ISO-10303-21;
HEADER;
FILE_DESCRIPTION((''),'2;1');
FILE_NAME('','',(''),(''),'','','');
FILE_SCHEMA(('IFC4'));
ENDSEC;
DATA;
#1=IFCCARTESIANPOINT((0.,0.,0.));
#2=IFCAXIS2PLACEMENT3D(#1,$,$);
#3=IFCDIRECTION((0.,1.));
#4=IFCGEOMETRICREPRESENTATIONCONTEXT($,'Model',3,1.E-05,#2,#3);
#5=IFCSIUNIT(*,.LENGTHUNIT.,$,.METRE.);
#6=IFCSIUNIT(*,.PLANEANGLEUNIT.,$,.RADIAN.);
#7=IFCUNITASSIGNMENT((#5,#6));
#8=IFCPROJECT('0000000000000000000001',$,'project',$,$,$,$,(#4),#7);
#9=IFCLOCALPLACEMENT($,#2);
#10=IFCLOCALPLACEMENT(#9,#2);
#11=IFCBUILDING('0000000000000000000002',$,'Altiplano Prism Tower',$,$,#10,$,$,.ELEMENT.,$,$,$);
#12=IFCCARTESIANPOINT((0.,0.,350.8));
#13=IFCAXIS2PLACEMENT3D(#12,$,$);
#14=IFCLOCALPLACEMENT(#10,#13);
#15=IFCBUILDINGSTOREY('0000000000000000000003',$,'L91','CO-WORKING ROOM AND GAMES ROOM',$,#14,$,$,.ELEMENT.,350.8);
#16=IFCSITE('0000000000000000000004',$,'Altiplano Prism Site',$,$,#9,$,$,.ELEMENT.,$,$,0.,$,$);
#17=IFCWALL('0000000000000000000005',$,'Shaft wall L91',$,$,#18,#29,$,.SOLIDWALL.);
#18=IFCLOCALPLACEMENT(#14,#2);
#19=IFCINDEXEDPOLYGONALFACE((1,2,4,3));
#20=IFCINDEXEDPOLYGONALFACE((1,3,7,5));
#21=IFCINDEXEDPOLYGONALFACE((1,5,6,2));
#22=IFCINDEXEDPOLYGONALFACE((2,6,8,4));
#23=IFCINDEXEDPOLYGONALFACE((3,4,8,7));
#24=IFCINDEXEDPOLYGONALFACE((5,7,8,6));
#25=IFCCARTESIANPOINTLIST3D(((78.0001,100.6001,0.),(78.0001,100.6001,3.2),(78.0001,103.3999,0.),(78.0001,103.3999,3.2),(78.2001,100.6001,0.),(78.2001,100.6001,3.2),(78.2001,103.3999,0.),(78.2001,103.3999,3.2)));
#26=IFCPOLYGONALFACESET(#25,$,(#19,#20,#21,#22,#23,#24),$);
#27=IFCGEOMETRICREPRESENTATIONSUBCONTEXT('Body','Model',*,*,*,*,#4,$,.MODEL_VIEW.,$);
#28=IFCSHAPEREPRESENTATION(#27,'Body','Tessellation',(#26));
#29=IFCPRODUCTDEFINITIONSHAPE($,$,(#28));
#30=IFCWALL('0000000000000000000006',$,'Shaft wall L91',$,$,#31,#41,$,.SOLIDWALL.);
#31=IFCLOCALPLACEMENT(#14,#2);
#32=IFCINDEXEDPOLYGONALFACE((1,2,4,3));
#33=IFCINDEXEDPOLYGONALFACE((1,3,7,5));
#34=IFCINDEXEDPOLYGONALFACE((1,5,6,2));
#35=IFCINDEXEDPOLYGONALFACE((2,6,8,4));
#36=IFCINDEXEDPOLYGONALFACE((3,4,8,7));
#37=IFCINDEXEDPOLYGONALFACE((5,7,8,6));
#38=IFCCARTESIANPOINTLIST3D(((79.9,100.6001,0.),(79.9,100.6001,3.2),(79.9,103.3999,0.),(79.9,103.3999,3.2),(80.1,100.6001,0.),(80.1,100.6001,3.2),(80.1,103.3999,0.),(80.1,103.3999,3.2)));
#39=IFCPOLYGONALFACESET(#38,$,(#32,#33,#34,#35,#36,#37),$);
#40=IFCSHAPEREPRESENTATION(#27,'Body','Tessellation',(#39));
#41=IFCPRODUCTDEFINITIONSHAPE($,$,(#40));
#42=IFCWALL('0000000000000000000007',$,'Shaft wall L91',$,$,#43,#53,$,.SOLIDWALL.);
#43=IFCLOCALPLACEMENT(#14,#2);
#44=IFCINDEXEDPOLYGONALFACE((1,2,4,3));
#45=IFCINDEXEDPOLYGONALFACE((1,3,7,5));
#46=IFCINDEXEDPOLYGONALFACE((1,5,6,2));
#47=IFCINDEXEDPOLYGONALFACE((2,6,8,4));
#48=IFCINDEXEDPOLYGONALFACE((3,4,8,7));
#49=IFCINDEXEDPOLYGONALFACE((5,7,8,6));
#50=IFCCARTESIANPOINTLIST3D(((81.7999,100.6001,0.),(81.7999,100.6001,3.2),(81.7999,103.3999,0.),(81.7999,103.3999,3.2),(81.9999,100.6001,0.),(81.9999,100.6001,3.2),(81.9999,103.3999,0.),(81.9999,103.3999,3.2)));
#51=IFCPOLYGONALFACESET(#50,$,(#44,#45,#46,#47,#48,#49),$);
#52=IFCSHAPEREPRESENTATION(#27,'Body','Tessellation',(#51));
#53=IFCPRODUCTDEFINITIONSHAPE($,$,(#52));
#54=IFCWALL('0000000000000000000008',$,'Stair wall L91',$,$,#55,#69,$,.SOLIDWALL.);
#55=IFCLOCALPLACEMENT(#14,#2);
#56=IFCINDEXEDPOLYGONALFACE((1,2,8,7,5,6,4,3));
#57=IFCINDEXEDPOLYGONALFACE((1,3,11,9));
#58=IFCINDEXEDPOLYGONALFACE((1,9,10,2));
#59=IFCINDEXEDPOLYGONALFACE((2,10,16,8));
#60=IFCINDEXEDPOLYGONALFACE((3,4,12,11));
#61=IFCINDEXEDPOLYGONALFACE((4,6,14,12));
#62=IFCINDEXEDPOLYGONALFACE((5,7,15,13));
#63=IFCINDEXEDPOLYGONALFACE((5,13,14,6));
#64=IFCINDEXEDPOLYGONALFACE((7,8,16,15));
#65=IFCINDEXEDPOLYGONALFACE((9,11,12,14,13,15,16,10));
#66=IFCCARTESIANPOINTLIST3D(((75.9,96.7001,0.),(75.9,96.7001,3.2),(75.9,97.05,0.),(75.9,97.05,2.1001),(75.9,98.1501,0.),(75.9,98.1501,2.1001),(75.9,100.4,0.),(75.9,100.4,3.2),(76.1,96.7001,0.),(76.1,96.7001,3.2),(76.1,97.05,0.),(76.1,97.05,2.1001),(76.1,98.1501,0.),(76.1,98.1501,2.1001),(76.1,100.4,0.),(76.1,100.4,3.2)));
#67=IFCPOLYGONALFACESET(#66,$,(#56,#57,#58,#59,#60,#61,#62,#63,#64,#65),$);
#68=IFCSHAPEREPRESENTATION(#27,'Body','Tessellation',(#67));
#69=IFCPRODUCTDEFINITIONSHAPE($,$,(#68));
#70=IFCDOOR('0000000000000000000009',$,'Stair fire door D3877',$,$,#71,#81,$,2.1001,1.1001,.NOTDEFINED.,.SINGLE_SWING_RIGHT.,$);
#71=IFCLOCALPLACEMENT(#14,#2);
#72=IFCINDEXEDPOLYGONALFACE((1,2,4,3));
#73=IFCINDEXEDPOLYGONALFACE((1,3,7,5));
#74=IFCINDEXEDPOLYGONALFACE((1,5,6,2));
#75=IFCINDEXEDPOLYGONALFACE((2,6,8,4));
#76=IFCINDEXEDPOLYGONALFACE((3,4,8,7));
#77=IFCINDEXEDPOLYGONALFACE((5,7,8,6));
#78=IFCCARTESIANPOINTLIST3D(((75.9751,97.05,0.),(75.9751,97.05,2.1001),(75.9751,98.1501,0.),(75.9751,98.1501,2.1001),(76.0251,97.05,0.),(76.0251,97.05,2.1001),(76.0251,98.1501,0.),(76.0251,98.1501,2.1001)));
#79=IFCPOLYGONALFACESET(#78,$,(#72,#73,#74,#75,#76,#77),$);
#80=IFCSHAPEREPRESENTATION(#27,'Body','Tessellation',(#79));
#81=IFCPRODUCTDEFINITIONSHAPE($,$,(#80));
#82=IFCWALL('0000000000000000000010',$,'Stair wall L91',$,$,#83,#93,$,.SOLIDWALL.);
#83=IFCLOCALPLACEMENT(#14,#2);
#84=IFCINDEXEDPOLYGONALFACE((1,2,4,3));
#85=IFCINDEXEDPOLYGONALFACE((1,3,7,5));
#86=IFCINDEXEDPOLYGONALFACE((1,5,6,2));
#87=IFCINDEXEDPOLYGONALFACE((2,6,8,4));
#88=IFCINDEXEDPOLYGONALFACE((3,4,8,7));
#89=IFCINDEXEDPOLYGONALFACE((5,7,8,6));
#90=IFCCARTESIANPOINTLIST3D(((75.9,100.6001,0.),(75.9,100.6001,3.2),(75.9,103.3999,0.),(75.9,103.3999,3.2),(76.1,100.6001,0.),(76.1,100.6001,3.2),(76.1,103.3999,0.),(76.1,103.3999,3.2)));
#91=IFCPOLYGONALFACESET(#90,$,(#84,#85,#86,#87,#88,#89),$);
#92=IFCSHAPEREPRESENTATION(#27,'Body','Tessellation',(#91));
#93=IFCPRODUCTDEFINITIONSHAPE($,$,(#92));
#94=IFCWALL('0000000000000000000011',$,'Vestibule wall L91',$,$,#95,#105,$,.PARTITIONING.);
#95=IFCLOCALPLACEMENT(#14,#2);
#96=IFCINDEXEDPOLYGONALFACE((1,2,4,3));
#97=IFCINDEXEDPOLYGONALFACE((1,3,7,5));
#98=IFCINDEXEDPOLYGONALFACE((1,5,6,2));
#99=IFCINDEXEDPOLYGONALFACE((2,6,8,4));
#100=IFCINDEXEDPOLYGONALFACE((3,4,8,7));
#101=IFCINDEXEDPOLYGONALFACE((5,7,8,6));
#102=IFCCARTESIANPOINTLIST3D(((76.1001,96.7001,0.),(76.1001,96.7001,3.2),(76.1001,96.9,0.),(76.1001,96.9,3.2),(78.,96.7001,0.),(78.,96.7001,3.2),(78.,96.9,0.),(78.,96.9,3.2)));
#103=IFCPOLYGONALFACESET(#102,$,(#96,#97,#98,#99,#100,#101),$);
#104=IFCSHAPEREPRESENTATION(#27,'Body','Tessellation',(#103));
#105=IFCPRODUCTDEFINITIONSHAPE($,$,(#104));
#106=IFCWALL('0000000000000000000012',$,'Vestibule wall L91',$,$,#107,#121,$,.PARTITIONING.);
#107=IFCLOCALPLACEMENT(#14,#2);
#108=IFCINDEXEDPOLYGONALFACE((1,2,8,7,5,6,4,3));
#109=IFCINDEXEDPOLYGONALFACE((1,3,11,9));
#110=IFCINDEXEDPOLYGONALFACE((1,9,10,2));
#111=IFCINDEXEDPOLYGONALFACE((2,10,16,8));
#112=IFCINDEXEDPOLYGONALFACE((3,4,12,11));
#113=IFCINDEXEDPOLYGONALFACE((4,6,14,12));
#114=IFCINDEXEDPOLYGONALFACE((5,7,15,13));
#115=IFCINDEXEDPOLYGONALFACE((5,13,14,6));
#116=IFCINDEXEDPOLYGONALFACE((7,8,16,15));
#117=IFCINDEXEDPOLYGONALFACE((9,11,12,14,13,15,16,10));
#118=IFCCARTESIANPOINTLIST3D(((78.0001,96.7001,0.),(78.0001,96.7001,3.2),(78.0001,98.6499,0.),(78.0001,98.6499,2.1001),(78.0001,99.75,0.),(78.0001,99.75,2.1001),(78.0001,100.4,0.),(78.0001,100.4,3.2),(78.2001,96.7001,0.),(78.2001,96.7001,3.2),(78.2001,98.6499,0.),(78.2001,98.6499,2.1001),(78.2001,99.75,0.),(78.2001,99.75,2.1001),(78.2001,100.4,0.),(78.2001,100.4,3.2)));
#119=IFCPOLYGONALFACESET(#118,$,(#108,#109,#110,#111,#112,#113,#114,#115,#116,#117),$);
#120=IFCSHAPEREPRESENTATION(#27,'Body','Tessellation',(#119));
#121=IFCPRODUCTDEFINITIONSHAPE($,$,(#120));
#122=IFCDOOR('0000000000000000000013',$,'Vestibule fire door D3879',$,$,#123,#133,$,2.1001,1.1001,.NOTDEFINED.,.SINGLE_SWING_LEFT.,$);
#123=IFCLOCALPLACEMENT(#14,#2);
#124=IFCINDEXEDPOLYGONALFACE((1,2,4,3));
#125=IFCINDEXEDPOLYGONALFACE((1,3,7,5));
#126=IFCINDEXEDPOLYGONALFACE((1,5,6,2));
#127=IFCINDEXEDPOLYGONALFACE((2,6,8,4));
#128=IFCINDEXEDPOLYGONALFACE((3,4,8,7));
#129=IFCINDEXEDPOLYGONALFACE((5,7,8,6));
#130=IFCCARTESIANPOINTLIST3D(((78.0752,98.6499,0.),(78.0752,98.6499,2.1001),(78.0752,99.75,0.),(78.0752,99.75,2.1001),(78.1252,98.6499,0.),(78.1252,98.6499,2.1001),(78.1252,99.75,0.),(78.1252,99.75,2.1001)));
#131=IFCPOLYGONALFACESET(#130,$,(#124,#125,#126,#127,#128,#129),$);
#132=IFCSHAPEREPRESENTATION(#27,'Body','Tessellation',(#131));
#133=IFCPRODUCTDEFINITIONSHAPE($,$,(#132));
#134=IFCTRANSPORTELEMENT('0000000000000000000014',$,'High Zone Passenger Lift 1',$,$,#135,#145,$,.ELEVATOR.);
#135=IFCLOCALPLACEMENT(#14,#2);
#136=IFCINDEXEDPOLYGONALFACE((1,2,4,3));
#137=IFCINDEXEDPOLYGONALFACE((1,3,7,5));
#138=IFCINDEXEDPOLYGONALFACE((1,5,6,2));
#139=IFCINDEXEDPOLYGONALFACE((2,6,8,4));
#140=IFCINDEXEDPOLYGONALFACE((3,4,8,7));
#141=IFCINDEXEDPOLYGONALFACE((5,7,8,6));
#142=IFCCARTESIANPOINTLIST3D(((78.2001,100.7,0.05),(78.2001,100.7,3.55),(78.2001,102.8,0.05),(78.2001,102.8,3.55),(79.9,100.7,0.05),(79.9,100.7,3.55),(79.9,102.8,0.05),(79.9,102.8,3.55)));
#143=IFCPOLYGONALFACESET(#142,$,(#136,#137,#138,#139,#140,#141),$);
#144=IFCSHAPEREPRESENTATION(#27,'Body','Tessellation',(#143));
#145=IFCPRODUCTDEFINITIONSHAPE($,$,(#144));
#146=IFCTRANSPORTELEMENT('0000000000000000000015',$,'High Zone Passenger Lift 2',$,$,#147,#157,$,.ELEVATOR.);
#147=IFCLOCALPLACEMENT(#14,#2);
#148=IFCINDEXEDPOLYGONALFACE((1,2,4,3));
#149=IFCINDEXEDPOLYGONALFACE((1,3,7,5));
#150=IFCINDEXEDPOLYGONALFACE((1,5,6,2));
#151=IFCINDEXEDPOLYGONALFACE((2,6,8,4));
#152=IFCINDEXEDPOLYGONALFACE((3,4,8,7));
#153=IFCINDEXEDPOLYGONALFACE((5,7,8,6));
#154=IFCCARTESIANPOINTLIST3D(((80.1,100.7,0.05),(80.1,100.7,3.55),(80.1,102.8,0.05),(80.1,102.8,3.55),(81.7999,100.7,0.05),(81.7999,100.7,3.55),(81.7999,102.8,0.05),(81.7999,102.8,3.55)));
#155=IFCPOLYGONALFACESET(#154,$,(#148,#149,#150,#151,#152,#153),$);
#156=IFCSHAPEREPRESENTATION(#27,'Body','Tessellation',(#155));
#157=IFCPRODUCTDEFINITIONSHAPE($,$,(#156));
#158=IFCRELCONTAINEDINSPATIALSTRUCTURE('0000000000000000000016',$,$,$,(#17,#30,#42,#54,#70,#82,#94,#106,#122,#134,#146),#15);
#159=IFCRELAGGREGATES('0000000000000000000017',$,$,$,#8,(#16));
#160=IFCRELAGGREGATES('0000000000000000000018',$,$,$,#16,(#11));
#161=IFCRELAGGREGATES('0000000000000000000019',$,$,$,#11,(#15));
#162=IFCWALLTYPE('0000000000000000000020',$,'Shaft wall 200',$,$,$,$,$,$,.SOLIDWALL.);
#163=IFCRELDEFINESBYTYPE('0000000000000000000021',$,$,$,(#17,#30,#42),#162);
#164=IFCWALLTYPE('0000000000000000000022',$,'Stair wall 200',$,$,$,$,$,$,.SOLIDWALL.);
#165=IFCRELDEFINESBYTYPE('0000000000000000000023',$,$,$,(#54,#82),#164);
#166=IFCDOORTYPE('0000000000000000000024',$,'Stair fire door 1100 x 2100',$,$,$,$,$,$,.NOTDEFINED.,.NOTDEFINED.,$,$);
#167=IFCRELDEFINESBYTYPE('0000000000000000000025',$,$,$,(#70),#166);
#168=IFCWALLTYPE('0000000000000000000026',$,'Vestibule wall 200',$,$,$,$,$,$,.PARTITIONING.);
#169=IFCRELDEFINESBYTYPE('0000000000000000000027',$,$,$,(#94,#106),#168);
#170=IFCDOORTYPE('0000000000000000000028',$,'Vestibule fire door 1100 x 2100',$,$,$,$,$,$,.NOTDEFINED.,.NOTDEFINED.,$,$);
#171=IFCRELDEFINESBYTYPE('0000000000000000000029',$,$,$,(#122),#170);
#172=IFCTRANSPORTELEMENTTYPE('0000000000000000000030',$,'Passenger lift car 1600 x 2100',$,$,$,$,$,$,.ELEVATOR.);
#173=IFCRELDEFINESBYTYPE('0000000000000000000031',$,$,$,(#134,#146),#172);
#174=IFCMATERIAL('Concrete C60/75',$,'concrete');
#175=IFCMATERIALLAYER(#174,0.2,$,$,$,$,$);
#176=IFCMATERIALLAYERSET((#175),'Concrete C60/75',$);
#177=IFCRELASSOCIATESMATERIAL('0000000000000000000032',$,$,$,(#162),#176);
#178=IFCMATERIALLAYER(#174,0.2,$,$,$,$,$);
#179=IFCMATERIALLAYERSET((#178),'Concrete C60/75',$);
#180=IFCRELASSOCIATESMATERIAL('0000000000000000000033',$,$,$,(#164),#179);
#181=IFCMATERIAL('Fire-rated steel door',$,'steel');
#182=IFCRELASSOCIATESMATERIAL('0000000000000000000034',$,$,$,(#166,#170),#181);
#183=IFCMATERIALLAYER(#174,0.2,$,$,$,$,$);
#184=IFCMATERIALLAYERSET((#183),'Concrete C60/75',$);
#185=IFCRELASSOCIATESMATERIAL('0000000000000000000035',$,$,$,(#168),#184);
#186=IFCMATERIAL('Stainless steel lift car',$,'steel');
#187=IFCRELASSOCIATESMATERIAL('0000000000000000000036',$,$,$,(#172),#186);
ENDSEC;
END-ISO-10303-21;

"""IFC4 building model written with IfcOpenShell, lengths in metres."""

from ifc_helpers import new_model, si_unit, direction, frame, frame_2d, origin, origin_2d, place, context, subcontext, project, spatial, rectangle, extrude, material, layer, layer_set, type_object, element, fill, save


model = new_model("IFC4")

# Units and contexts
model_context = context("Model", 3, precision=1e-05, world=origin(), true_north=direction((0.0, 1.0)))
body_context = subcontext(model_context, "Body", "Model", "MODEL_VIEW")
ifc_project = project(units=[si_unit("LENGTHUNIT", "METRE"), si_unit("PLANEANGLEUNIT", "RADIAN")], contexts=[model_context])

# Site, building, storey
site_placement = place(None, origin())
site = spatial("IfcSite", under=ifc_project, at=site_placement, Name="Altiplano Prism Site", CompositionType="ELEMENT", RefElevation=0.0)
building_placement = place(site_placement, origin())
building = spatial("IfcBuilding", under=site, at=building_placement, Name="Altiplano Prism Tower", CompositionType="ELEMENT")
storey_placement = place(building_placement, frame((0.0, 0.0, 350.8)))
storey = spatial("IfcBuildingStorey", under=building, at=storey_placement, Name="L91", Description="CO-WORKING ROOM AND GAMES ROOM", CompositionType="ELEMENT", Elevation=350.8)

# Walls
ifc_material_1 = material(Name="Concrete C60/75", Category="concrete")
ifc_layer_1 = layer(ifc_material_1, 0.2)
ifc_layer_set_1 = layer_set([ifc_layer_1], Name="Concrete C60/75")
wall_type_1 = type_object("IfcWallType", Name="Shaft wall 200", PredefinedType="SOLIDWALL", material=ifc_layer_set_1)
for number, where, z_axis, x_axis, name in (
    (1, (78.1001, 100.6001, 0.0), (0.0, 0.0, 1.0), (0.0, 1.0, 0.0), "Shaft wall L91"),
    (2, (80.0, 100.6001, 0.0), (0.0, 0.0, 1.0), (0.0, 1.0, 0.0), "Shaft wall L91"),
    (3, (81.8999, 100.6001, 0.0), (0.0, 0.0, 1.0), (0.0, 1.0, 0.0), "Shaft wall L91"),
):
    element("IfcWall", number, at=place(storey_placement, frame(where, z_axis=z_axis, x_axis=x_axis)), inside=storey, type_object=wall_type_1, Name=name, PredefinedType="SOLIDWALL", context=body_context, shape_type="SweptSolid", body=[
        extrude(rectangle(XDim=2.7998, YDim=0.2, at=frame_2d((1.3999, 0.0))), origin(), (0.0, 0.0, 1.0), 3.2),
    ])

# Wall, opening, door
ifc_layer_2 = layer(ifc_material_1, 0.2)
ifc_layer_set_2 = layer_set([ifc_layer_2], Name="Concrete C60/75")
wall_type_2 = type_object("IfcWallType", Name="Stair wall 200", PredefinedType="SOLIDWALL", material=ifc_layer_set_2)
wall_1_placement = place(storey_placement, frame((76.0, 96.7, 0.0), z_axis=(0.0, 0.0, 1.0), x_axis=(0.0, 1.0, 0.0)))
wall_1 = element("IfcWall", 4, at=wall_1_placement, inside=storey, type_object=wall_type_2, Name="Stair wall L91", PredefinedType="SOLIDWALL", context=body_context, shape_type="SweptSolid", body=[
    extrude(rectangle(XDim=3.7, YDim=0.2, at=frame_2d((1.8501, 0.0))), origin(), (0.0, 0.0, 1.0), 3.2),
])
opening_1_placement = place(wall_1_placement, frame((0.3501, 0.0, 0.0)))
opening_1 = element("IfcOpeningElement", 5, at=opening_1_placement, cuts=wall_1, PredefinedType="OPENING", context=body_context, shape_type="SweptSolid", body=[
    extrude(rectangle(XDim=1.1001, YDim=2.1001, at=frame_2d((0.55, 1.05))), frame((0.0, 0.1104, 0.0), z_axis=(0.0, -1.0, 0.0), x_axis=(1.0, 0.0, 0.0)), (0.0, 0.0, 1.0), 0.2209),
])
ifc_material_2 = material(Name="Fire-rated steel door", Category="steel")
door_type_1 = type_object("IfcDoorType", Name="Stair fire door 1100 x 2100", OperationType="NOTDEFINED", PredefinedType="NOTDEFINED", material=ifc_material_2)
door_1_placement = place(opening_1_placement, origin())
door_1 = element("IfcDoor", 6, at=door_1_placement, inside=storey, type_object=door_type_1, Name="Stair fire door D3877", OperationType="SINGLE_SWING_RIGHT", OverallHeight=2.1001, OverallWidth=1.1001, PredefinedType="NOTDEFINED", context=body_context, shape_type="SweptSolid", body=[
    extrude(rectangle(XDim=1.1001, YDim=2.1001, at=frame_2d((0.55, 1.05))), frame((0.0, 0.0249, 0.0), z_axis=(0.0, -1.0, 0.0), x_axis=(1.0, 0.0, 0.0)), (0.0, 0.0, 1.0), 0.05),
])
fill(opening_1, door_1)

# Walls
wall_2_placement = place(storey_placement, frame((76.0, 100.6001, 0.0), z_axis=(0.0, 0.0, 1.0), x_axis=(0.0, 1.0, 0.0)))
element("IfcWall", 7, at=wall_2_placement, inside=storey, type_object=wall_type_2, Name="Stair wall L91", PredefinedType="SOLIDWALL", context=body_context, shape_type="SweptSolid", body=[
    extrude(rectangle(XDim=2.7998, YDim=0.2, at=frame_2d((1.3999, 0.0))), origin(), (0.0, 0.0, 1.0), 3.2),
])
ifc_layer_3 = layer(ifc_material_1, 0.2)
ifc_layer_set_3 = layer_set([ifc_layer_3], Name="Concrete C60/75")
wall_type_3 = type_object("IfcWallType", Name="Vestibule wall 200", PredefinedType="PARTITIONING", material=ifc_layer_set_3)
wall_3_placement = place(storey_placement, frame((76.1001, 96.8, 0.0), z_axis=(0.0, 0.0, 1.0), x_axis=(1.0, 0.0, 0.0)))
element("IfcWall", 8, at=wall_3_placement, inside=storey, type_object=wall_type_3, Name="Vestibule wall L91", PredefinedType="PARTITIONING", context=body_context, shape_type="SweptSolid", body=[
    extrude(rectangle(XDim=1.8999, YDim=0.2, at=frame_2d((0.95, 0.0))), origin(), (0.0, 0.0, 1.0), 3.2),
])

# Wall, opening, door
wall_4_placement = place(storey_placement, frame((78.1001, 96.7, 0.0), z_axis=(0.0, 0.0, 1.0), x_axis=(0.0, 1.0, 0.0)))
wall_4 = element("IfcWall", 9, at=wall_4_placement, inside=storey, type_object=wall_type_3, Name="Vestibule wall L91", PredefinedType="PARTITIONING", context=body_context, shape_type="SweptSolid", body=[
    extrude(rectangle(XDim=3.7, YDim=0.2, at=frame_2d((1.8501, 0.0))), origin(), (0.0, 0.0, 1.0), 3.2),
])
opening_2_placement = place(wall_4_placement, frame((1.95, 0.0, 0.0)))
opening_2 = element("IfcOpeningElement", 10, at=opening_2_placement, cuts=wall_4, PredefinedType="OPENING", context=body_context, shape_type="SweptSolid", body=[
    extrude(rectangle(XDim=1.1001, YDim=2.1001, at=frame_2d((0.55, 1.05))), frame((0.0, 0.1104, 0.0), z_axis=(0.0, -1.0, 0.0), x_axis=(1.0, 0.0, 0.0)), (0.0, 0.0, 1.0), 0.2209),
])
door_type_2 = type_object("IfcDoorType", Name="Vestibule fire door 1100 x 2100", OperationType="NOTDEFINED", PredefinedType="NOTDEFINED", material=ifc_material_2)
door_2_placement = place(opening_2_placement, origin())
door_2 = element("IfcDoor", 11, at=door_2_placement, inside=storey, type_object=door_type_2, Name="Vestibule fire door D3879", OperationType="SINGLE_SWING_LEFT", OverallHeight=2.1001, OverallWidth=1.1001, PredefinedType="NOTDEFINED", context=body_context, shape_type="SweptSolid", body=[
    extrude(rectangle(XDim=1.1001, YDim=2.1001, at=frame_2d((0.55, 1.05))), frame((0.0, 0.0249, 0.0), z_axis=(0.0, -1.0, 0.0), x_axis=(1.0, 0.0, 0.0)), (0.0, 0.0, 1.0), 0.05),
])
fill(opening_2, door_2)

# Transport elements
ifc_material_3 = material(Name="Stainless steel lift car", Category="steel")
transport_element_type = type_object("IfcTransportElementType", Name="Passenger lift car 1600 x 2100", PredefinedType="ELEVATOR", material=ifc_material_3)
for number, where, z_axis, x_axis, name in (
    (12, (79.05, 101.75, 0.05), (0.0, 0.0, 1.0), (1.0, 0.0, 0.0), "High Zone Passenger Lift 1"),
    (13, (80.95, 101.75, 0.05), (0.0, 0.0, 1.0), (1.0, 0.0, 0.0), "High Zone Passenger Lift 2"),
):
    element("IfcTransportElement", number, at=place(storey_placement, frame(where, z_axis=z_axis, x_axis=x_axis)), inside=storey, type_object=transport_element_type, Name=name, PredefinedType="ELEVATOR", context=body_context, shape_type="SweptSolid", body=[
        extrude(rectangle(XDim=1.7, YDim=2.1001, at=origin_2d()), origin(), (0.0, 0.0, 1.0), 3.5),
    ])

save(model, "model.ifc")
